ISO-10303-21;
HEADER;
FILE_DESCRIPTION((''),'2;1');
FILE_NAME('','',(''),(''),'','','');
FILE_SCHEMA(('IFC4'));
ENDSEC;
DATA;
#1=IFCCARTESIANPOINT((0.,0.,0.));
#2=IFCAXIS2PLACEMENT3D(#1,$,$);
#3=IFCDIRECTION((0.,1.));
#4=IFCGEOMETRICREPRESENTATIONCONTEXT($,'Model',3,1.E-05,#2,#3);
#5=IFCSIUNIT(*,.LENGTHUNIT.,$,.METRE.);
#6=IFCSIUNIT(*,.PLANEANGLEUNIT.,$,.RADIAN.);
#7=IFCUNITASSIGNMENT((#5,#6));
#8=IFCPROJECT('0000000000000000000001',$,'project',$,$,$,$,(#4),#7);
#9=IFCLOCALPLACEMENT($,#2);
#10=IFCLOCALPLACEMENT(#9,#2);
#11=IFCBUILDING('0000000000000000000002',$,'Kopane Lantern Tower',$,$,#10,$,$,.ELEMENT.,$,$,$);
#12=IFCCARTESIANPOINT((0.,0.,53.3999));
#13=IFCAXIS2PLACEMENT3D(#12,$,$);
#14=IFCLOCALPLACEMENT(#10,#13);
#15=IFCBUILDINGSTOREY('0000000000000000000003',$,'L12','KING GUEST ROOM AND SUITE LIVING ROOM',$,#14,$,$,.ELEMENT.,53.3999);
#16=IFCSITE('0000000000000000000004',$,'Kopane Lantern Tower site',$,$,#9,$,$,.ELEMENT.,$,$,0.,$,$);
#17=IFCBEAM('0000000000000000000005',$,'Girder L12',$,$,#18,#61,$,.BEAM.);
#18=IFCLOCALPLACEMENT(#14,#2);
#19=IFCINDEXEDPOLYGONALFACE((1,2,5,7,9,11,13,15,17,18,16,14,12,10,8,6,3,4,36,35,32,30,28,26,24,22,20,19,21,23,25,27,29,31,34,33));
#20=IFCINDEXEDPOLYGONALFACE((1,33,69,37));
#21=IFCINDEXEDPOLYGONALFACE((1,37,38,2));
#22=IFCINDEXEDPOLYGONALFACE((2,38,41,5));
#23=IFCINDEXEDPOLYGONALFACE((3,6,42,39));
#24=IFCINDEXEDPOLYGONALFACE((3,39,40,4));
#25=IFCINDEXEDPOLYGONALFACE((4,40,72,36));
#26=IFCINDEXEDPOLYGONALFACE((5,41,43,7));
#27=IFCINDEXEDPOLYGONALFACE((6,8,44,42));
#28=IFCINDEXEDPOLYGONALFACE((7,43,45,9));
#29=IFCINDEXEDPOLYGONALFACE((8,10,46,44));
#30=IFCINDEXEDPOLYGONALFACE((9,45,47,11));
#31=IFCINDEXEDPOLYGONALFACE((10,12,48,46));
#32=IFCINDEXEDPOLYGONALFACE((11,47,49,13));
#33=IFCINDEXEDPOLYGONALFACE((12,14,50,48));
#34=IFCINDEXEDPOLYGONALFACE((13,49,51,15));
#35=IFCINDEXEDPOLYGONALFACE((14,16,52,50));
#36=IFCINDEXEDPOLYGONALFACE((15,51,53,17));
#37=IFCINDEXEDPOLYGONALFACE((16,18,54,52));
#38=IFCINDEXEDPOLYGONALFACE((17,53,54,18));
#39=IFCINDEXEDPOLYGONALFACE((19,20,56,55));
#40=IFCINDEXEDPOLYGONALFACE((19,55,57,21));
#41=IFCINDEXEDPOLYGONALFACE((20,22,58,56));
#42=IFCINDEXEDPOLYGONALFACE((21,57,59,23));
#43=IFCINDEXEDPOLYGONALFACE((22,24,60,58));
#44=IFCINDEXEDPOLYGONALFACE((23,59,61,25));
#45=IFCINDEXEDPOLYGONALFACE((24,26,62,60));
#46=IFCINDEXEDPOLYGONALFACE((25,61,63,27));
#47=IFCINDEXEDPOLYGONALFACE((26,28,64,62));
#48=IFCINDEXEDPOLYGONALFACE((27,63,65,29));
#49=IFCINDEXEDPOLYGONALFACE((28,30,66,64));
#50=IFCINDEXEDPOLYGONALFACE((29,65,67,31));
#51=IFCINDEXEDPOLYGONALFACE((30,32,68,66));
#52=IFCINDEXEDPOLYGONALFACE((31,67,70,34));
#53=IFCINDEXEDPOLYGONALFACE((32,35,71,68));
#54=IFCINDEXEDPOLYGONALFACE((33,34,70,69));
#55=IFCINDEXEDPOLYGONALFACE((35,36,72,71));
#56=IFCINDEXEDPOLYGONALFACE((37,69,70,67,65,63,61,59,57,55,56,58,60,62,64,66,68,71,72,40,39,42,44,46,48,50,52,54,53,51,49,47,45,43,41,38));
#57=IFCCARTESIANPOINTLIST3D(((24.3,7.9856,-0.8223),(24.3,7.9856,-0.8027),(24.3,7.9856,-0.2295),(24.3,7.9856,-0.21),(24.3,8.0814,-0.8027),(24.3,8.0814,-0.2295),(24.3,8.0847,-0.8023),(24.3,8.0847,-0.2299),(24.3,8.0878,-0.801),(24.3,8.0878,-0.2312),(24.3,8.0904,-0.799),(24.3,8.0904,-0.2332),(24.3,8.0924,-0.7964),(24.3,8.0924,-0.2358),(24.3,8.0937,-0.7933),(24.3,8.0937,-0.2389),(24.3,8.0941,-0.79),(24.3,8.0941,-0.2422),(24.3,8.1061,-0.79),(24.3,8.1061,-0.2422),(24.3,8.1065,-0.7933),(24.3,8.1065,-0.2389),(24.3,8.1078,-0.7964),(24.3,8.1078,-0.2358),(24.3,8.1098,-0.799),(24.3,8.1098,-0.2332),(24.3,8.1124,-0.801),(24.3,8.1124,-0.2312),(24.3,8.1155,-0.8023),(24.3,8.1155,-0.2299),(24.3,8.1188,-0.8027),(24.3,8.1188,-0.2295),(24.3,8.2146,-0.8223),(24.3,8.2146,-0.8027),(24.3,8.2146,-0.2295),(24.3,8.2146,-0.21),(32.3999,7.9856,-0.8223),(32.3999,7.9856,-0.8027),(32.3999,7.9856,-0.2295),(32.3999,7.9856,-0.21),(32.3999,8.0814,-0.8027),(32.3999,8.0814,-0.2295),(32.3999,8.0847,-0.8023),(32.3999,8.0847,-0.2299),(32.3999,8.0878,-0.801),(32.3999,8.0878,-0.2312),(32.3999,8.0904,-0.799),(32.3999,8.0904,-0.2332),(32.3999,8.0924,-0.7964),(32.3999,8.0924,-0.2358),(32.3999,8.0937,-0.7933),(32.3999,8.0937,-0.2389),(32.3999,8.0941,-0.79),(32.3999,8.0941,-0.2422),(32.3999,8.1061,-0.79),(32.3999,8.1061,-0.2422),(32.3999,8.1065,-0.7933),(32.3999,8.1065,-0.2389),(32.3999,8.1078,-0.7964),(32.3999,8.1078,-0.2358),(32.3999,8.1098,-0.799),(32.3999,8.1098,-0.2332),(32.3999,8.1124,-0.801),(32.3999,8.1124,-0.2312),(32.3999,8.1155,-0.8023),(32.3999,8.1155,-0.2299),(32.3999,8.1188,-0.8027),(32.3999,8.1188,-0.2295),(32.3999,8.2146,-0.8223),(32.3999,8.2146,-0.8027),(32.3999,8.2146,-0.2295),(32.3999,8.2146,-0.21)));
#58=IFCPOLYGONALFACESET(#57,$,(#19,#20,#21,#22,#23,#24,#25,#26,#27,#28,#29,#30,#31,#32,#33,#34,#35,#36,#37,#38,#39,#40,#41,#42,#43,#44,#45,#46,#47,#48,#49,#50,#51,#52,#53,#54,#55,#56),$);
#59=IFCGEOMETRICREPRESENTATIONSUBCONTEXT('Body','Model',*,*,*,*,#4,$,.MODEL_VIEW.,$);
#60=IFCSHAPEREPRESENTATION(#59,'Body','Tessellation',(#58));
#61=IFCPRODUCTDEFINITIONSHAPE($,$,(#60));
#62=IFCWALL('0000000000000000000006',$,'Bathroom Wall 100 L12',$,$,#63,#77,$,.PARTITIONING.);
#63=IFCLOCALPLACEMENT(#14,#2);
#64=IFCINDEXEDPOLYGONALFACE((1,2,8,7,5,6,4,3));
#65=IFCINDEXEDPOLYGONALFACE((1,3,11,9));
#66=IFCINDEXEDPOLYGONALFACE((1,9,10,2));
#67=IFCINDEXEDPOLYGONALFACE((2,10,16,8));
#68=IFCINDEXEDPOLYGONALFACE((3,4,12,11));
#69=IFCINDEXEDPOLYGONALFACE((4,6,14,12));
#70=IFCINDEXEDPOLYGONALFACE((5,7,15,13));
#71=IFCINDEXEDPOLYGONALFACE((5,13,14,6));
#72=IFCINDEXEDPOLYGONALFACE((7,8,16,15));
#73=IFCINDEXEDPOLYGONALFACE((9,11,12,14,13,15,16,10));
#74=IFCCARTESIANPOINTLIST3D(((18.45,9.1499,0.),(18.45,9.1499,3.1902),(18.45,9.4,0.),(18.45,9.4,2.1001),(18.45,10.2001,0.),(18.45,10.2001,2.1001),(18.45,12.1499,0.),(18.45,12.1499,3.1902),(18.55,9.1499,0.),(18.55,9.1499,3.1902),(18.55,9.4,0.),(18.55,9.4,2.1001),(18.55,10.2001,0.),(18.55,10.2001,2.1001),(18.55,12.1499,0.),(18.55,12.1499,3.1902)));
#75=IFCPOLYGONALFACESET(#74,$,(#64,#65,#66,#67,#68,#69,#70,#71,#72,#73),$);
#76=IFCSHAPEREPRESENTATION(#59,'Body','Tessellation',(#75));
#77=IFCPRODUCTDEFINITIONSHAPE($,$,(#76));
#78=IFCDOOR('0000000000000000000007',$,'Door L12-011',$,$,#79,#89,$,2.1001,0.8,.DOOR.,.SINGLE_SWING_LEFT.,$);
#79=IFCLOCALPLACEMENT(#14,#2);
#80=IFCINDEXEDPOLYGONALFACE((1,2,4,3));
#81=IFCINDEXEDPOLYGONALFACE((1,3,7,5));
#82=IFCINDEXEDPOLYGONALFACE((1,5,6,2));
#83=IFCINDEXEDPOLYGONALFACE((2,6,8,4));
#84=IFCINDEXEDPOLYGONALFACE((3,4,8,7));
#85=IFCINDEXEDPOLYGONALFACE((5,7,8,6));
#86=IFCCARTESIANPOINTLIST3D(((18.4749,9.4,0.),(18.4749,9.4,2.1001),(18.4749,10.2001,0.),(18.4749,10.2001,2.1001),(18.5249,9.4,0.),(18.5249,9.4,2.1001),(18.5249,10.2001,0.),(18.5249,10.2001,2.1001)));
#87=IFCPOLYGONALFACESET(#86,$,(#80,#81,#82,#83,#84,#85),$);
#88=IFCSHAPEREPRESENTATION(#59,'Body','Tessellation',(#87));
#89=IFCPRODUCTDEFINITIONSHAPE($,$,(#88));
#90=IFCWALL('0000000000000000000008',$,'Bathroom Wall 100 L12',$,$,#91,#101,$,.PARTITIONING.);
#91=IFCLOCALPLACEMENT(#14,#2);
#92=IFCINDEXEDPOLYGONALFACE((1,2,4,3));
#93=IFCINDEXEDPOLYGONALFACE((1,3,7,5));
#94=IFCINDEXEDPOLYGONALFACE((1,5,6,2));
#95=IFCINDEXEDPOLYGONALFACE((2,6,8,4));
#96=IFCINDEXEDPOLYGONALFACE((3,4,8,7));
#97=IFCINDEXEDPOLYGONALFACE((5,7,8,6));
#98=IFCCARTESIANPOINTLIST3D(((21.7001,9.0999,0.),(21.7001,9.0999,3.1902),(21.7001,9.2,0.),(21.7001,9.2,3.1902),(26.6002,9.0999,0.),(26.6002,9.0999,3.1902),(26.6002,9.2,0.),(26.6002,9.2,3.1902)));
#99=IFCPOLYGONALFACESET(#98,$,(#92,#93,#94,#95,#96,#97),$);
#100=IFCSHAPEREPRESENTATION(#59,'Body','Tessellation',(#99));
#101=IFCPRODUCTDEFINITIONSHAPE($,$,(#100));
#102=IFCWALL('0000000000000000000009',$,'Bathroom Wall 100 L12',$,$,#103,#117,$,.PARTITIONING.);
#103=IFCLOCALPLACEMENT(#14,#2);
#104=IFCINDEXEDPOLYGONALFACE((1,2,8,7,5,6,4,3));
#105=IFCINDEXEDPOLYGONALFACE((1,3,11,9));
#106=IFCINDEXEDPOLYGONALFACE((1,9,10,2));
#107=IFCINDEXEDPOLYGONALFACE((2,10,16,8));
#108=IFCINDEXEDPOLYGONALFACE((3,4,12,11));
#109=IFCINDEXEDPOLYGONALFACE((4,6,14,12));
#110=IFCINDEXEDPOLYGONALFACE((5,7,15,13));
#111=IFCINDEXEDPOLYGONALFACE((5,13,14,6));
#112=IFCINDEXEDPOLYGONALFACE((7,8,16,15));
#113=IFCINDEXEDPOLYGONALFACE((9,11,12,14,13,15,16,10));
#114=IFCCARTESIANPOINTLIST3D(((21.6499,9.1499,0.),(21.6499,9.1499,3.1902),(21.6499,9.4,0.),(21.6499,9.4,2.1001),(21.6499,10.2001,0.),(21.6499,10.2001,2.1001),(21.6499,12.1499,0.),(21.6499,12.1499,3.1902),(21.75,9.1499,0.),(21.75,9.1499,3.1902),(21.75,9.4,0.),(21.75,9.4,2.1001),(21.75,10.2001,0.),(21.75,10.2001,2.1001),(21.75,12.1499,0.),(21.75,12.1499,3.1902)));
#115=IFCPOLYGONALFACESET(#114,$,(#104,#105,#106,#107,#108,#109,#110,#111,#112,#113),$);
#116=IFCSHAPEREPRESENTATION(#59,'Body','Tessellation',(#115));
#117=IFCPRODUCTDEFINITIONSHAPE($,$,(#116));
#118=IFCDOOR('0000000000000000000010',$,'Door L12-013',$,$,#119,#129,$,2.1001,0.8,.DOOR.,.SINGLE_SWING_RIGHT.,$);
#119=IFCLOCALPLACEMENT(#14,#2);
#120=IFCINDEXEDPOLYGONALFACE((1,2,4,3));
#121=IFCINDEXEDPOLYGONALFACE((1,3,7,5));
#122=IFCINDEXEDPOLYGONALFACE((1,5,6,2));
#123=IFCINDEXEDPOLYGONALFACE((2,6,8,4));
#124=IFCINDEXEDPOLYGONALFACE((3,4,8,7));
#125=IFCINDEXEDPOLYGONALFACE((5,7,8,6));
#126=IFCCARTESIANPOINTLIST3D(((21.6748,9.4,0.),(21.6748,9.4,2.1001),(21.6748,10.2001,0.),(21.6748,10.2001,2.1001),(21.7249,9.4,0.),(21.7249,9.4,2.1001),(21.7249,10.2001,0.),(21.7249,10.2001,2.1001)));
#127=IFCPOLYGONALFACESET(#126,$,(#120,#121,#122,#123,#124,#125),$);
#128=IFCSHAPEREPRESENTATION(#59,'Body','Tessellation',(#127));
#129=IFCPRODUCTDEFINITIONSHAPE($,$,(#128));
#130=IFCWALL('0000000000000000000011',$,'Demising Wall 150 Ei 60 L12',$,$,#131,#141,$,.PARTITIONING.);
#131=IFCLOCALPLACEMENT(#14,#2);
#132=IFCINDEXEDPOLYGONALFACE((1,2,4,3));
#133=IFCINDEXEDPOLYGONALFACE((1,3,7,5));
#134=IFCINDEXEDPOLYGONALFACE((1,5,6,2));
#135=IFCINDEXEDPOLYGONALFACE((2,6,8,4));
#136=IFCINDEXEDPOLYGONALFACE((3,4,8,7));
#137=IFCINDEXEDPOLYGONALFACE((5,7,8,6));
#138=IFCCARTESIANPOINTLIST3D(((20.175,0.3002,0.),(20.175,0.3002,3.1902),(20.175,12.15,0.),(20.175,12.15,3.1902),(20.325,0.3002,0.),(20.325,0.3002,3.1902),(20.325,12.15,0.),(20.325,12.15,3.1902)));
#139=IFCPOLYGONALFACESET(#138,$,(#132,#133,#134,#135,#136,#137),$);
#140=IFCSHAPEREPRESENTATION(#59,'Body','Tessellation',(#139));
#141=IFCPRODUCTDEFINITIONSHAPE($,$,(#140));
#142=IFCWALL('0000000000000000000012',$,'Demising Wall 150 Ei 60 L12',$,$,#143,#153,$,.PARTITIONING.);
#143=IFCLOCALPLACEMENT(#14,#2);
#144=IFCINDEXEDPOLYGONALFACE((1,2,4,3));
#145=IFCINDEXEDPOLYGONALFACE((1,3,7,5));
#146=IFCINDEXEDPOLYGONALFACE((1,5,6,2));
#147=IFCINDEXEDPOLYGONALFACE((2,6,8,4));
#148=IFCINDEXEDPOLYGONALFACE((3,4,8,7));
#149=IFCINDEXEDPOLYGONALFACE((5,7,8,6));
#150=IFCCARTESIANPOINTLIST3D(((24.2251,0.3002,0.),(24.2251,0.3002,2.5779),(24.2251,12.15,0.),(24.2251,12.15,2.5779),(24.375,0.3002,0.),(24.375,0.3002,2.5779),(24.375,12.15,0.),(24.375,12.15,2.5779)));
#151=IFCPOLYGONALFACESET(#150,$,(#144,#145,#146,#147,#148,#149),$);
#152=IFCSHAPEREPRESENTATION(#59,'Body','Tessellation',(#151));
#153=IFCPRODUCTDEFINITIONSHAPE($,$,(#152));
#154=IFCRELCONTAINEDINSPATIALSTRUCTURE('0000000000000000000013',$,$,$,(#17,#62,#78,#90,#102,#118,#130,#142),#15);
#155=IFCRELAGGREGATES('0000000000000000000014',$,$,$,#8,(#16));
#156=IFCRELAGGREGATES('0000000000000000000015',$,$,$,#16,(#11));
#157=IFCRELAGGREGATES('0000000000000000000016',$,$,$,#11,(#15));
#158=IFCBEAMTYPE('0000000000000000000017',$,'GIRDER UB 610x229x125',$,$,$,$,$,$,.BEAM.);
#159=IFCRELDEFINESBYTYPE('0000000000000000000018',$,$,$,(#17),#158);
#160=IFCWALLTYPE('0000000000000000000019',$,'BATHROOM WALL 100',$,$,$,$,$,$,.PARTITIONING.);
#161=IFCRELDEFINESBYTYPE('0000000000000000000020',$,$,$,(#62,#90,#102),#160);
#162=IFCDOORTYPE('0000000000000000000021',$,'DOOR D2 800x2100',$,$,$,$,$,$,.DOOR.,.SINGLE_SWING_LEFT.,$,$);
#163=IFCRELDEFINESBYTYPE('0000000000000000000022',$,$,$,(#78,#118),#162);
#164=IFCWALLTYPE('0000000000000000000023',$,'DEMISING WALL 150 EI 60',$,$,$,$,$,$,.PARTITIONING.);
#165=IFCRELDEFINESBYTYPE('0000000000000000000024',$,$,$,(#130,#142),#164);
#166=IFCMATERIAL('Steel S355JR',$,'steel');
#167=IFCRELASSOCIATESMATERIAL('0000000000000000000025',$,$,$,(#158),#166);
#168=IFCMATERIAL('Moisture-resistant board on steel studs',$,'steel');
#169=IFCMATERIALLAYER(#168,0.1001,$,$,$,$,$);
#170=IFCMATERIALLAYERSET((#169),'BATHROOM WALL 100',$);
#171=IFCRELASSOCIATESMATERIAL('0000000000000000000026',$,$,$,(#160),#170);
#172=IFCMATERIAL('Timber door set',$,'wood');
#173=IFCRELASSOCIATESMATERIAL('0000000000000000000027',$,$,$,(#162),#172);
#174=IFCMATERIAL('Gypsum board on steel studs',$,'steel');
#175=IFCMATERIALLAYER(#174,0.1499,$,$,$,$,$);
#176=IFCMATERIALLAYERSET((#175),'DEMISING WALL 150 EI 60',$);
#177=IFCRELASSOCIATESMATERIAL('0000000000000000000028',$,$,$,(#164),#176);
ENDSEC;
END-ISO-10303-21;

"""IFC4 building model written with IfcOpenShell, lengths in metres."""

from ifc_helpers import new_model, si_unit, direction, frame, frame_2d, origin, origin_2d, place, context, subcontext, project, spatial, rectangle, i_section, extrude, material, layer, layer_set, material_profile, profile_set, type_object, element, fill, save


model = new_model("IFC4")

# Units and contexts
model_context = context("Model", 3, precision=1e-05, world=origin(), true_north=direction((0.0, 1.0)))
body_context = subcontext(model_context, "Body", "Model", "MODEL_VIEW")
ifc_project = project(units=[si_unit("LENGTHUNIT", "METRE"), si_unit("PLANEANGLEUNIT", "RADIAN")], contexts=[model_context])

# Site, building, storey
site_placement = place(None, origin())
site = spatial("IfcSite", under=ifc_project, at=site_placement, Name="Kopane Lantern Tower site", CompositionType="ELEMENT", RefElevation=0.0)
building_placement = place(site_placement, origin())
building = spatial("IfcBuilding", under=site, at=building_placement, Name="Kopane Lantern Tower", CompositionType="ELEMENT")
storey_placement = place(building_placement, frame((0.0, 0.0, 53.3999)))
storey = spatial("IfcBuildingStorey", under=building, at=storey_placement, Name="L12", Description="KING GUEST ROOM AND SUITE LIVING ROOM", CompositionType="ELEMENT", Elevation=53.3999)

# Beam
ifc_material_1 = material(Name="Steel S355JR", Category="steel")
ifc_material_profile_1 = material_profile(ifc_material_1, i_section(OverallWidth=0.229, OverallDepth=0.6123, WebThickness=0.012, FlangeThickness=0.0195, FilletRadius=0.0127, at=origin_2d()), Name="UB 610x229x125")
ifc_profile_set_1 = profile_set([ifc_material_profile_1], Name="Steel S355JR")
beam_type = type_object("IfcBeamType", Name="GIRDER UB 610x229x125", PredefinedType="BEAM", material=ifc_profile_set_1)
for number, where, z_axis, x_axis, name in (
    (1, (24.3, 8.1001, -0.5161), (1.0, 0.0, 0.0), (0.0, 1.0, 0.0), "Girder L12"),
):
    element("IfcBeam", number, at=place(storey_placement, frame(where, z_axis=z_axis, x_axis=x_axis)), inside=storey, type_object=beam_type, Name=name, PredefinedType="BEAM", context=body_context, shape_type="SweptSolid", body=[
        extrude(i_section(OverallWidth=0.229, OverallDepth=0.6123, WebThickness=0.012, FlangeThickness=0.0195, FilletRadius=0.0127, at=origin_2d()), origin(), (0.0, 0.0, 1.0), 8.0999),
    ])

# Wall, opening, door
ifc_material_2 = material(Name="Moisture-resistant board on steel studs", Category="steel")
ifc_layer_1 = layer(ifc_material_2, 0.1001)
ifc_layer_set_1 = layer_set([ifc_layer_1], Name="BATHROOM WALL 100")
wall_type_1 = type_object("IfcWallType", Name="BATHROOM WALL 100", PredefinedType="PARTITIONING", material=ifc_layer_set_1)
wall_1_placement = place(storey_placement, frame((18.5, 12.1499, 0.0), z_axis=(0.0, 0.0, 1.0), x_axis=(0.0, -1.0, 0.0)))
wall_1 = element("IfcWall", 2, at=wall_1_placement, inside=storey, type_object=wall_type_1, Name="Bathroom Wall 100 L12", PredefinedType="PARTITIONING", context=body_context, shape_type="SweptSolid", body=[
    extrude(rectangle(XDim=3.0, YDim=0.1001, at=frame_2d((1.5, 0.0))), origin(), (0.0, 0.0, 1.0), 3.1902),
])
opening_1_placement = place(wall_1_placement, frame((1.95, 0.0, 0.0)))
opening_1 = element("IfcOpeningElement", 3, at=opening_1_placement, cuts=wall_1, PredefinedType="OPENING", context=body_context, shape_type="SweptSolid", body=[
    extrude(rectangle(XDim=0.8, YDim=2.1001, at=frame_2d((0.3999, 1.05))), frame((0.0, 0.0601, 0.0), z_axis=(0.0, -1.0, 0.0), x_axis=(1.0, 0.0, 0.0)), (0.0, 0.0, 1.0), 0.1201),
])
ifc_material_3 = material(Name="Timber door set", Category="wood")
door_type = type_object("IfcDoorType", Name="DOOR D2 800x2100", OperationType="SINGLE_SWING_LEFT", PredefinedType="DOOR", material=ifc_material_3)
door_1_placement = place(opening_1_placement, origin())
door_1 = element("IfcDoor", 4, at=door_1_placement, inside=storey, type_object=door_type, Name="Door L12-011", OperationType="SINGLE_SWING_LEFT", OverallHeight=2.1001, OverallWidth=0.8, PredefinedType="DOOR", context=body_context, shape_type="SweptSolid", body=[
    extrude(rectangle(XDim=0.8, YDim=2.1001, at=frame_2d((0.3999, 1.05))), frame((0.0, 0.0249, 0.0), z_axis=(0.0, -1.0, 0.0), x_axis=(1.0, 0.0, 0.0)), (0.0, 0.0, 1.0), 0.05),
])
fill(opening_1, door_1)

# Wall
wall_2_placement = place(storey_placement, frame((21.7, 9.1499, 0.0), z_axis=(0.0, 0.0, 1.0), x_axis=(1.0, 0.0, 0.0)))
element("IfcWall", 5, at=wall_2_placement, inside=storey, type_object=wall_type_1, Name="Bathroom Wall 100 L12", PredefinedType="PARTITIONING", context=body_context, shape_type="SweptSolid", body=[
    extrude(rectangle(XDim=4.9001, YDim=0.1001, at=frame_2d((2.4502, 0.0))), origin(), (0.0, 0.0, 1.0), 3.1902),
])

# Wall, opening, door
wall_3_placement = place(storey_placement, frame((21.7, 12.1499, 0.0), z_axis=(0.0, 0.0, 1.0), x_axis=(0.0, -1.0, 0.0)))
wall_3 = element("IfcWall", 6, at=wall_3_placement, inside=storey, type_object=wall_type_1, Name="Bathroom Wall 100 L12", PredefinedType="PARTITIONING", context=body_context, shape_type="SweptSolid", body=[
    extrude(rectangle(XDim=3.0, YDim=0.1001, at=frame_2d((1.5, 0.0))), origin(), (0.0, 0.0, 1.0), 3.1902),
])
opening_2_placement = place(wall_3_placement, frame((1.95, 0.0, 0.0)))
opening_2 = element("IfcOpeningElement", 7, at=opening_2_placement, cuts=wall_3, PredefinedType="OPENING", context=body_context, shape_type="SweptSolid", body=[
    extrude(rectangle(XDim=0.8, YDim=2.1001, at=frame_2d((0.3999, 1.05))), frame((0.0, 0.0601, 0.0), z_axis=(0.0, -1.0, 0.0), x_axis=(1.0, 0.0, 0.0)), (0.0, 0.0, 1.0), 0.1201),
])
door_2_placement = place(opening_2_placement, origin())
door_2 = element("IfcDoor", 8, at=door_2_placement, inside=storey, type_object=door_type, Name="Door L12-013", OperationType="SINGLE_SWING_RIGHT", OverallHeight=2.1001, OverallWidth=0.8, PredefinedType="DOOR", context=body_context, shape_type="SweptSolid", body=[
    extrude(rectangle(XDim=0.8, YDim=2.1001, at=frame_2d((0.3999, 1.05))), frame((0.0, 0.0249, 0.0), z_axis=(0.0, -1.0, 0.0), x_axis=(1.0, 0.0, 0.0)), (0.0, 0.0, 1.0), 0.05),
])
fill(opening_2, door_2)

# Walls
ifc_material_4 = material(Name="Gypsum board on steel studs", Category="steel")
ifc_layer_2 = layer(ifc_material_4, 0.1499)
ifc_layer_set_2 = layer_set([ifc_layer_2], Name="DEMISING WALL 150 EI 60")
wall_type_2 = type_object("IfcWallType", Name="DEMISING WALL 150 EI 60", PredefinedType="PARTITIONING", material=ifc_layer_set_2)
wall_4_placement = place(storey_placement, frame((20.25, 12.1499, 0.0), z_axis=(0.0, 0.0, 1.0), x_axis=(0.0, -1.0, 0.0)))
element("IfcWall", 9, at=wall_4_placement, inside=storey, type_object=wall_type_2, Name="Demising Wall 150 Ei 60 L12", PredefinedType="PARTITIONING", context=body_context, shape_type="SweptSolid", body=[
    extrude(rectangle(XDim=11.8499, YDim=0.1499, at=frame_2d((5.9248, 0.0))), origin(), (0.0, 0.0, 1.0), 3.1902),
])
wall_5_placement = place(storey_placement, frame((24.3, 12.1499, 0.0), z_axis=(0.0, 0.0, 1.0), x_axis=(0.0, -1.0, 0.0)))
element("IfcWall", 10, at=wall_5_placement, inside=storey, type_object=wall_type_2, Name="Demising Wall 150 Ei 60 L12", PredefinedType="PARTITIONING", context=body_context, shape_type="SweptSolid", body=[
    extrude(rectangle(XDim=11.8499, YDim=0.1499, at=frame_2d((5.9248, 0.0))), origin(), (0.0, 0.0, 1.0), 2.5779),
])

save(model, "model.ifc")
